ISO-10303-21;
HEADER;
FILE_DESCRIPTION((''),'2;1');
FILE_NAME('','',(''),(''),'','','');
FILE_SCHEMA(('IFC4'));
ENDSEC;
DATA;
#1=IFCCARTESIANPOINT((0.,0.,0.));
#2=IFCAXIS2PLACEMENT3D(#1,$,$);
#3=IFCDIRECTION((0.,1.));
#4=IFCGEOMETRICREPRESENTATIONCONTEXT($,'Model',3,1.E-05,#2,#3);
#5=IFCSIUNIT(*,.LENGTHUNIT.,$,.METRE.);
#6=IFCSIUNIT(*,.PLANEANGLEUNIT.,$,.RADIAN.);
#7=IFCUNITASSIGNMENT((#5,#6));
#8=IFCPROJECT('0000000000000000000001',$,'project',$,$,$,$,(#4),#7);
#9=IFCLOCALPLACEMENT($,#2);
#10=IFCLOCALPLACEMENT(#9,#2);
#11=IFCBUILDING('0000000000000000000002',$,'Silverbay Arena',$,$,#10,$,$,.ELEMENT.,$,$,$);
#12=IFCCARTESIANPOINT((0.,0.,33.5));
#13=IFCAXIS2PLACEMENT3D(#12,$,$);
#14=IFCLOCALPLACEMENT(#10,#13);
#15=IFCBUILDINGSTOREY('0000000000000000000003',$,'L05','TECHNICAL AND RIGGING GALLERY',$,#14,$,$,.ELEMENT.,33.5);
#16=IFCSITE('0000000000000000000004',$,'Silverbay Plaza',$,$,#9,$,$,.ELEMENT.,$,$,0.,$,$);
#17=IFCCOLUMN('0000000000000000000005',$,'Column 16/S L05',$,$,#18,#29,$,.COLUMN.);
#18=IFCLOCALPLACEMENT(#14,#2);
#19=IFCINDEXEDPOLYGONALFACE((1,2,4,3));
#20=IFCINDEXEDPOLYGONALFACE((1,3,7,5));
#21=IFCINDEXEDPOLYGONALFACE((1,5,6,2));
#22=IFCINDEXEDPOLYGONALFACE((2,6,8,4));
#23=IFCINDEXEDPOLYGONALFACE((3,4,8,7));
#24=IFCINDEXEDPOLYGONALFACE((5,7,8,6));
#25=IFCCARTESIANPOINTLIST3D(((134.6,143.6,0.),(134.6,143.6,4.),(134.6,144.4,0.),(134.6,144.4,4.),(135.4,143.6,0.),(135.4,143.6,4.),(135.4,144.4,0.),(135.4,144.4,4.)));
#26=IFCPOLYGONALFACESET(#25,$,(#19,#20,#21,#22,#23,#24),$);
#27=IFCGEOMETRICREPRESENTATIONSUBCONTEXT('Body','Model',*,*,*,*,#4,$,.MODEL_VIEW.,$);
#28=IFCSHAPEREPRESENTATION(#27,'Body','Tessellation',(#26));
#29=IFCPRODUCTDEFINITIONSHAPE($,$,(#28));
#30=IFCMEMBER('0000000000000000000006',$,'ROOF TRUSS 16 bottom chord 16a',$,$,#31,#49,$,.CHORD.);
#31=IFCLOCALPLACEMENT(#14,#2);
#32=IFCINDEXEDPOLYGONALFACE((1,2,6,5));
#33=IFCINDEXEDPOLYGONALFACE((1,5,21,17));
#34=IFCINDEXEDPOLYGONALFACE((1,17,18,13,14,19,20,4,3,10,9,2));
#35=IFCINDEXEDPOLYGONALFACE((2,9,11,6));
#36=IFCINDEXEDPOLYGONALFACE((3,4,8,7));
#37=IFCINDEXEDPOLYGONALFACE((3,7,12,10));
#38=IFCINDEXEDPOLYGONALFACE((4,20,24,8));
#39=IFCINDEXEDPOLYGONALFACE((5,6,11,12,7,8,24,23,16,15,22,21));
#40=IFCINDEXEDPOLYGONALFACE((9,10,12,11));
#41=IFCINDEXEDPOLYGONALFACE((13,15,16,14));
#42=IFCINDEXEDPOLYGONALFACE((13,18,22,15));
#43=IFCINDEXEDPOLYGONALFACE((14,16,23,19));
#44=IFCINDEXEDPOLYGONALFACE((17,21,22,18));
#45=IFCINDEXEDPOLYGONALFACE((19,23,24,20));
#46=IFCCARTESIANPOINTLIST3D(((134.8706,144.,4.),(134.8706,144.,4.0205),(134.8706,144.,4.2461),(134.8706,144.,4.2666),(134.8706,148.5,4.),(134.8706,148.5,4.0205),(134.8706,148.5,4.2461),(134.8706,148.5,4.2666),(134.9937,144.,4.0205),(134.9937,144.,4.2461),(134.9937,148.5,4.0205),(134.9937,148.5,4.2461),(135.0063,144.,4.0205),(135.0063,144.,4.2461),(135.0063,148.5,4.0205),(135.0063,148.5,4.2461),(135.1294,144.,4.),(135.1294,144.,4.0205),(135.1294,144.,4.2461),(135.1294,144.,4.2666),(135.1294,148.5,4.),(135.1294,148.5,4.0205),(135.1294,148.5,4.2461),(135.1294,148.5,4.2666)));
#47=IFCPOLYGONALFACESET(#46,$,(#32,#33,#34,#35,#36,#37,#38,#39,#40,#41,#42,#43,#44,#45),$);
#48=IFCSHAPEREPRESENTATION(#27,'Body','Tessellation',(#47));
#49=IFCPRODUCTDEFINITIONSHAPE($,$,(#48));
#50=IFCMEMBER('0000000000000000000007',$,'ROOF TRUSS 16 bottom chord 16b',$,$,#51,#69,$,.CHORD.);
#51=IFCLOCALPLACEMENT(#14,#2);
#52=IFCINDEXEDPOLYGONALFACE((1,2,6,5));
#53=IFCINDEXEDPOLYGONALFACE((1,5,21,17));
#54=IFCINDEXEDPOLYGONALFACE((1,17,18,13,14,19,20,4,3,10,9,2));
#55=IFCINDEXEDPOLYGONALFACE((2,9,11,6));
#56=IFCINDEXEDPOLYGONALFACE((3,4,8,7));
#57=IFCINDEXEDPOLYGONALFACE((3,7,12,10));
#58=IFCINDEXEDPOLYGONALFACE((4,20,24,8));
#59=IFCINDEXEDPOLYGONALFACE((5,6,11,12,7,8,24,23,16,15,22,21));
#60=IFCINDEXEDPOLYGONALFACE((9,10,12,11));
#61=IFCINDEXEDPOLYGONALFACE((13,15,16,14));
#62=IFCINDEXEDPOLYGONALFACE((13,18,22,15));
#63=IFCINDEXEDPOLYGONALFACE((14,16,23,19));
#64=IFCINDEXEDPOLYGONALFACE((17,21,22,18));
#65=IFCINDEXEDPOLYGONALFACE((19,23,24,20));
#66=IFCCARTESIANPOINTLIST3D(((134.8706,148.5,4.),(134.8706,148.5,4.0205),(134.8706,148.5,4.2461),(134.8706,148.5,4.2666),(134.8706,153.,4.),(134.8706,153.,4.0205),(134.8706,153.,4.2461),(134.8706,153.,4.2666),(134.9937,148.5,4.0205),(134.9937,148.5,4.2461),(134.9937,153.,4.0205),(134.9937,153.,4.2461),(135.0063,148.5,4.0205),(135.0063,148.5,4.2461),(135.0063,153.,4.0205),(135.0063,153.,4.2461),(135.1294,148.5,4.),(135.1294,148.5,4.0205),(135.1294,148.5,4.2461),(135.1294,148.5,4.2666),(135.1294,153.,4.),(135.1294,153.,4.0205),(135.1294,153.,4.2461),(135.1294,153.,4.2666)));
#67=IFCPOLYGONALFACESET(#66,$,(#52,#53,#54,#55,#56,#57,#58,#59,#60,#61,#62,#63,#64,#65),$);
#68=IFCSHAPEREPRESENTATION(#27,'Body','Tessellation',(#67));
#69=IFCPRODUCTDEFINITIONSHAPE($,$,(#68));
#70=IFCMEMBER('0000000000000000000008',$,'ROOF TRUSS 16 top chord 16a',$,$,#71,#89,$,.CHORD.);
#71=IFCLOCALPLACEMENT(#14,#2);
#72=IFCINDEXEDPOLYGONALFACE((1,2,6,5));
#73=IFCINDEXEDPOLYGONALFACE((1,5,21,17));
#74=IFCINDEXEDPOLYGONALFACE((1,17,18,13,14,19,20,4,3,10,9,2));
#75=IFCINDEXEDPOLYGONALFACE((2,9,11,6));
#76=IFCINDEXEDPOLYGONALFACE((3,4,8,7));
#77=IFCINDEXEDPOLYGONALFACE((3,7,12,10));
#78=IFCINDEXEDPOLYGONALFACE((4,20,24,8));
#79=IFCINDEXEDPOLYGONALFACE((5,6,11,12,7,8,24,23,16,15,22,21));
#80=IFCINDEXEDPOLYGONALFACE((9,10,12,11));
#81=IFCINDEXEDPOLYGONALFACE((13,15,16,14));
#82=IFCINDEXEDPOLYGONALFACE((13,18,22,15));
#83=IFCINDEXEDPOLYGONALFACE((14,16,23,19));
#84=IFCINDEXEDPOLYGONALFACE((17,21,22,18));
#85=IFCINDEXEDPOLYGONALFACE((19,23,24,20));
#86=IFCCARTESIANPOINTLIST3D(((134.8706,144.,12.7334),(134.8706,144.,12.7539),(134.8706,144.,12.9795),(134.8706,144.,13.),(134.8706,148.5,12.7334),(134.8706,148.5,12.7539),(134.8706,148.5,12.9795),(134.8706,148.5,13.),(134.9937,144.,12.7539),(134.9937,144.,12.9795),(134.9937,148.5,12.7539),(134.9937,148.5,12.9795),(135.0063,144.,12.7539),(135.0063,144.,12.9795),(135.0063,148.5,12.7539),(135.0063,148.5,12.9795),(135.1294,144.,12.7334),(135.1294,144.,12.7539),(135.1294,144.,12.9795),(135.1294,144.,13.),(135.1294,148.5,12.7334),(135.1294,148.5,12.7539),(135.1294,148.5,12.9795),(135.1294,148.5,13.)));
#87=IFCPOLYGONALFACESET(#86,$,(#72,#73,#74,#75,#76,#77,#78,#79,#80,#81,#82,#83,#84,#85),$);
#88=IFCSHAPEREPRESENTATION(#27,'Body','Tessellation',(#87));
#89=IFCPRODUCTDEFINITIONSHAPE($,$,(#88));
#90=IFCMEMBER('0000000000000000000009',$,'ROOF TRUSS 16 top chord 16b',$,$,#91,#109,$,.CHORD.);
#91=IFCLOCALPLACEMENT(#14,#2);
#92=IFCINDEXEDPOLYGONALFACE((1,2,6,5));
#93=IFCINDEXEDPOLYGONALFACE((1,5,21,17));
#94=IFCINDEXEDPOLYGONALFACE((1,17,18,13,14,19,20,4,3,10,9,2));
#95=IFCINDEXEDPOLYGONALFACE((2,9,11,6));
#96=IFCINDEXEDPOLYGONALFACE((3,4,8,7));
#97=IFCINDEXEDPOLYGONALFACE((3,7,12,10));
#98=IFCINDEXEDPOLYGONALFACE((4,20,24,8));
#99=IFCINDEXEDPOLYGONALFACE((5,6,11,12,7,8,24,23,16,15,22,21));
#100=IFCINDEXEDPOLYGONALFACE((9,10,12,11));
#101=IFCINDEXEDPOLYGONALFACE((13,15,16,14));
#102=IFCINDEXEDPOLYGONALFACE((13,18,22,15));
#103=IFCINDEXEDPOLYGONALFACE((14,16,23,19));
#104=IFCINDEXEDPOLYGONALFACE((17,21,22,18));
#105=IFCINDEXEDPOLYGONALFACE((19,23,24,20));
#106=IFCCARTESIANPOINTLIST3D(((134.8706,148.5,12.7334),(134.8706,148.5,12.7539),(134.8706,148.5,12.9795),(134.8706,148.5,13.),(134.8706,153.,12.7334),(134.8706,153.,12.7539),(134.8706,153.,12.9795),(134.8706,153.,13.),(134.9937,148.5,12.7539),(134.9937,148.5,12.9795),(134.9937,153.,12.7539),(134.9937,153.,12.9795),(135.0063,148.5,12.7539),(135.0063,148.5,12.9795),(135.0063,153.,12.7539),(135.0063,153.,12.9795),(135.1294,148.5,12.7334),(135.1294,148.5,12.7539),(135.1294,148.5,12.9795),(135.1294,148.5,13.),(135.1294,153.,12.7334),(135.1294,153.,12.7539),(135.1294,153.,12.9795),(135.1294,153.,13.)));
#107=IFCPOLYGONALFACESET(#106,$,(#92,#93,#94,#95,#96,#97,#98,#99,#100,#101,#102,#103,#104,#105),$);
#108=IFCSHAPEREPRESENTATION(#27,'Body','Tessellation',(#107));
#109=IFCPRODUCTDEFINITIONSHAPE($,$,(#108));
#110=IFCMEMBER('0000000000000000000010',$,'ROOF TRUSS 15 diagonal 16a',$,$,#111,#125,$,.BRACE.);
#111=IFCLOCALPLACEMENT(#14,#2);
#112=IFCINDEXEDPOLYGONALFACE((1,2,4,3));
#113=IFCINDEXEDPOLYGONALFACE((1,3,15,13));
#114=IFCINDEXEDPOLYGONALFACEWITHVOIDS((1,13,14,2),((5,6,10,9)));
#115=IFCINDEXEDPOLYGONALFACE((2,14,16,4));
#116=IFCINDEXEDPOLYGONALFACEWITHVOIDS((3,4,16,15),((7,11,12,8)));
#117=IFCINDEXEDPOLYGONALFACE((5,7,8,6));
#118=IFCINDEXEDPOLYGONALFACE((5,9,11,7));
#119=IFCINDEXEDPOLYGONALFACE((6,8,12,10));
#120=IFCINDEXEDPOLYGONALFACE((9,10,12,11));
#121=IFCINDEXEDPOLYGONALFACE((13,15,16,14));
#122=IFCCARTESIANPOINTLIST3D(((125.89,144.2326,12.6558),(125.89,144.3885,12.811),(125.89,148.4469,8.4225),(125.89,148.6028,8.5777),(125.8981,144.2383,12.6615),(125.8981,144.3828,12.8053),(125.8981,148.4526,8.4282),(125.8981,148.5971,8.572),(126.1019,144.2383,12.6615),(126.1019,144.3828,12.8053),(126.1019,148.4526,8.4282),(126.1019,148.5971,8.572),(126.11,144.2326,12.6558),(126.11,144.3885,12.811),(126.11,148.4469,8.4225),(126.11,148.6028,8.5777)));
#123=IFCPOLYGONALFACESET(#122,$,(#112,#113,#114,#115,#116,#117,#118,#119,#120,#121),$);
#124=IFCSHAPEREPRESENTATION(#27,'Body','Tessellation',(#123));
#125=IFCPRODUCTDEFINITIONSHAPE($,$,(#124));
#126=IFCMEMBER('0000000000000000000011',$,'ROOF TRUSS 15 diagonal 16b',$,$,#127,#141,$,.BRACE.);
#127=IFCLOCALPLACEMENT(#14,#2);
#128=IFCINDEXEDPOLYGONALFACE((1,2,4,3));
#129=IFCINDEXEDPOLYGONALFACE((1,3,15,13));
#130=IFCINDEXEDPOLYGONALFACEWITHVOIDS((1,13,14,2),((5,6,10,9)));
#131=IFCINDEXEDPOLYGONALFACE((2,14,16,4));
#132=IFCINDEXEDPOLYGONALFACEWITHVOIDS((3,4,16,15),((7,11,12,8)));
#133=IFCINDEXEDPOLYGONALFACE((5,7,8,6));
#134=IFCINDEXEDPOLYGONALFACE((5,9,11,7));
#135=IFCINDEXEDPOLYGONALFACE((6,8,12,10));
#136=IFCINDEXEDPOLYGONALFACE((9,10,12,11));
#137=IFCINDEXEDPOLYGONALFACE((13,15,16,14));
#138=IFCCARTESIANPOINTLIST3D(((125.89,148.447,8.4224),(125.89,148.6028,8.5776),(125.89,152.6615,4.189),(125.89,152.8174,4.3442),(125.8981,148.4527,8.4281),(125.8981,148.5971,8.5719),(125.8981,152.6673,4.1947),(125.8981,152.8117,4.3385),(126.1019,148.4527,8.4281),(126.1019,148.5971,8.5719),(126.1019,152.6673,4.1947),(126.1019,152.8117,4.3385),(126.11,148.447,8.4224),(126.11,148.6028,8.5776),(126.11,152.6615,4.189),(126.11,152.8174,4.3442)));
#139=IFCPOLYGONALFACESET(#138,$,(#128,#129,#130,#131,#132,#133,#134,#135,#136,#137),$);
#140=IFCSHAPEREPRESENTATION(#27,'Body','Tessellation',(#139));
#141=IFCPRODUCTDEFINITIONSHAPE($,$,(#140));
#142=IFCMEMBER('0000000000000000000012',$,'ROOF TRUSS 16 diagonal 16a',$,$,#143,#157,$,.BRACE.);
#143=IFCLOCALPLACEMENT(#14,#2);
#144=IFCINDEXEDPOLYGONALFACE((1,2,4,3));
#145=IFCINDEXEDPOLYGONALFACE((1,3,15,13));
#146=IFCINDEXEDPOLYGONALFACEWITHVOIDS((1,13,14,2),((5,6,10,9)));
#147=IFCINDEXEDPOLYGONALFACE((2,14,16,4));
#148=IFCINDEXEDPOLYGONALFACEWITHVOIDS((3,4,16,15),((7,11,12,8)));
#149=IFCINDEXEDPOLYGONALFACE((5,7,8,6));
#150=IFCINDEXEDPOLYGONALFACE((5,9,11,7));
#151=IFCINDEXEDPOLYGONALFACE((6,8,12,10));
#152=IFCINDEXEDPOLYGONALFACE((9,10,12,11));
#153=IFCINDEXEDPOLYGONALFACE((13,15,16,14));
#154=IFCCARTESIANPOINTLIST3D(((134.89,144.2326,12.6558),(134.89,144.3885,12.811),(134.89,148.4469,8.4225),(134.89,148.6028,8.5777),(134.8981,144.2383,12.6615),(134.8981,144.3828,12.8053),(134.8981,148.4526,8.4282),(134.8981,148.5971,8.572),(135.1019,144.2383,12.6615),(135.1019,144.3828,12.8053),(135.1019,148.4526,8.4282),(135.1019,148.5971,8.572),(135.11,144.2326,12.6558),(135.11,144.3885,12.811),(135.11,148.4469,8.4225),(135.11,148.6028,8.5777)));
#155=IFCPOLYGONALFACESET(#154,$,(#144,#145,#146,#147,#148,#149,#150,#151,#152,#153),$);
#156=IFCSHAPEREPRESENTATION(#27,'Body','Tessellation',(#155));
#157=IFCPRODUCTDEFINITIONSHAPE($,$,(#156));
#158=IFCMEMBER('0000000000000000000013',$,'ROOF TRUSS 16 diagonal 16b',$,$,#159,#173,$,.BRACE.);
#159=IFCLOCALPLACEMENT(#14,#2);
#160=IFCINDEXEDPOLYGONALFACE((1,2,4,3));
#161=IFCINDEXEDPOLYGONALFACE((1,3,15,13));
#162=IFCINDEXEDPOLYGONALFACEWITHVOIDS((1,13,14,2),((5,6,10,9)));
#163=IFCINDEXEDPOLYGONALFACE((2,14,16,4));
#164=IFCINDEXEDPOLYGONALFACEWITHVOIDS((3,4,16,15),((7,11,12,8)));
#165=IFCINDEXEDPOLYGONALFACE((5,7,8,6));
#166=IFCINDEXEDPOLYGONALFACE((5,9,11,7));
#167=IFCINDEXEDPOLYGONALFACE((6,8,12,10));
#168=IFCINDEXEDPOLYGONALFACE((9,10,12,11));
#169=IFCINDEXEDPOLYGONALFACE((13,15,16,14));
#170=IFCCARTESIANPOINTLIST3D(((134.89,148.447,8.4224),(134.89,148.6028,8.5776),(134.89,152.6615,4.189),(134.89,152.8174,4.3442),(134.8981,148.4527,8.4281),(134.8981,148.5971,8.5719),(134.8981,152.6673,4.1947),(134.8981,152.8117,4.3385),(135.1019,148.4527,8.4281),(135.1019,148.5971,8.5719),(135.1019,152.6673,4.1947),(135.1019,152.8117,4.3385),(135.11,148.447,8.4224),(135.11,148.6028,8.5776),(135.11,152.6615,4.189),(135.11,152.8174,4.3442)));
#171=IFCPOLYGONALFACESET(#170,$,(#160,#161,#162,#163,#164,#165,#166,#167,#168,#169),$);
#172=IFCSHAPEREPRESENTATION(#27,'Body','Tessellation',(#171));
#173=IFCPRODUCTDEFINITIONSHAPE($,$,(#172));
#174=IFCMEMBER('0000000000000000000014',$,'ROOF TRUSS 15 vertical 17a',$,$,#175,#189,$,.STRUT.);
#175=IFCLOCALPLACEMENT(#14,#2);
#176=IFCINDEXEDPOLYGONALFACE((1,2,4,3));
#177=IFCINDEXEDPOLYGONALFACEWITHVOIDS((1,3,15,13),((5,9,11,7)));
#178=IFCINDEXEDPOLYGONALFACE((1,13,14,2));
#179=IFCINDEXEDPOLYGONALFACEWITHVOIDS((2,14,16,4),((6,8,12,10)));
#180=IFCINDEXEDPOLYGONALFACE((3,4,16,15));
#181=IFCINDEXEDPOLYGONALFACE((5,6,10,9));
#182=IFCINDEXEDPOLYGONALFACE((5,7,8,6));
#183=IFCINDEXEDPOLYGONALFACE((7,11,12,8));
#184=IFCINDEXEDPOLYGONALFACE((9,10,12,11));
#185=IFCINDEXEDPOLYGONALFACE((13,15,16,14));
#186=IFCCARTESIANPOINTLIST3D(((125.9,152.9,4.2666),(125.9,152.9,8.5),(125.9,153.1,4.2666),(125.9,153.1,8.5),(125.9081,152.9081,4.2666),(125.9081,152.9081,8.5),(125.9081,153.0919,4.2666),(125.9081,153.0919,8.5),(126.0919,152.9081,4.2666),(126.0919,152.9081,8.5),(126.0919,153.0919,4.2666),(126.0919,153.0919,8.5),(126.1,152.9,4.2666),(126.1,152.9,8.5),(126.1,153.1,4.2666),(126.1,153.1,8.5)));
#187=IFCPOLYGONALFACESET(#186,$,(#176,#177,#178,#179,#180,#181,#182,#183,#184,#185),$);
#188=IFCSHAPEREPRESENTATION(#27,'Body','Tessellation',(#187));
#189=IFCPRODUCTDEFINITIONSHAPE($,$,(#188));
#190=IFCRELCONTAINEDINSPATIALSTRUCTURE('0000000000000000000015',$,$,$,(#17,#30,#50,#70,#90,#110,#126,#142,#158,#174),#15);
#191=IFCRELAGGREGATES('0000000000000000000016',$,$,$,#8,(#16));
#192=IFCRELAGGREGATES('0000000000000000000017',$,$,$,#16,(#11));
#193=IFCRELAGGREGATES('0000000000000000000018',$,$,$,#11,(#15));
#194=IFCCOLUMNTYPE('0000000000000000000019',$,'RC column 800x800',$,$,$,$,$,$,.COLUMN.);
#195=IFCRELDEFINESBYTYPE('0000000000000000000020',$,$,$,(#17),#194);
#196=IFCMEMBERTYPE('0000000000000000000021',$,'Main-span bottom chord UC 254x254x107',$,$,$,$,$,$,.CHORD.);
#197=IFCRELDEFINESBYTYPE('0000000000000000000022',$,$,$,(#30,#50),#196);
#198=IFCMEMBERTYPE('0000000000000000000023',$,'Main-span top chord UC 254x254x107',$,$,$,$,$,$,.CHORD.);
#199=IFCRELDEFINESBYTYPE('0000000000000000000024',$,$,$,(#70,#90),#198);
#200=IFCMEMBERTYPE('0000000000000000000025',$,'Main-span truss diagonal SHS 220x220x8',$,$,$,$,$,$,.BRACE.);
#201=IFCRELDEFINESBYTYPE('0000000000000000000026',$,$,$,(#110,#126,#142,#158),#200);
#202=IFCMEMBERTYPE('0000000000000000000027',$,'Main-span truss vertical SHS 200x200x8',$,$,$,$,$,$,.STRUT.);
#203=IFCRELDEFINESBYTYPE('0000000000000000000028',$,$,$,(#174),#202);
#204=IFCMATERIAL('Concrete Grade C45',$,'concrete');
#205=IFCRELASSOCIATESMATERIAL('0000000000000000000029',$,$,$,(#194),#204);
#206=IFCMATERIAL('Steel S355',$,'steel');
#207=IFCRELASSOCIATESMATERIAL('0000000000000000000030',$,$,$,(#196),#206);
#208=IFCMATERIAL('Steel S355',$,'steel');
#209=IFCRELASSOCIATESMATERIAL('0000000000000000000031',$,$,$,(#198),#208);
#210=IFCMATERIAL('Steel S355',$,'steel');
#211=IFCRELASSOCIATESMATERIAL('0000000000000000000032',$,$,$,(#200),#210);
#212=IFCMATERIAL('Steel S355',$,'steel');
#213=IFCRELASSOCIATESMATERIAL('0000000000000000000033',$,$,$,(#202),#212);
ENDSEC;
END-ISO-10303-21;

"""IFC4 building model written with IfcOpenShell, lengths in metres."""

from ifc_helpers import new_model, si_unit, direction, frame, origin, origin_2d, place, context, subcontext, project, spatial, rectangle, hollow_rectangle, i_section, extrude, material, material_profile, profile_set, type_object, element, save


model = new_model("IFC4")

# Units and contexts
model_context = context("Model", 3, precision=1e-05, world=origin(), true_north=direction((0.0, 1.0)))
body_context = subcontext(model_context, "Body", "Model", "MODEL_VIEW")
ifc_project = project(units=[si_unit("LENGTHUNIT", "METRE"), si_unit("PLANEANGLEUNIT", "RADIAN")], contexts=[model_context])

# Site, building, storey
site_placement = place(None, origin())
site = spatial("IfcSite", under=ifc_project, at=site_placement, Name="Silverbay Plaza", CompositionType="ELEMENT", RefElevation=0.0)
building_placement = place(site_placement, origin())
building = spatial("IfcBuilding", under=site, at=building_placement, Name="Silverbay Arena", CompositionType="ELEMENT")
storey_placement = place(building_placement, frame((0.0, 0.0, 33.5)))
storey = spatial("IfcBuildingStorey", under=building, at=storey_placement, Name="L05", Description="TECHNICAL AND RIGGING GALLERY", CompositionType="ELEMENT", Elevation=33.5)

# Column
ifc_material_1 = material(Name="Concrete Grade C45", Category="concrete")
ifc_material_profile_1 = material_profile(ifc_material_1, rectangle(XDim=0.8, YDim=0.8, at=origin_2d()), Name="RC 800x800")
ifc_profile_set_1 = profile_set([ifc_material_profile_1], Name="Concrete Grade C45")
column_type = type_object("IfcColumnType", Name="RC column 800x800", PredefinedType="COLUMN", material=ifc_profile_set_1)
column_placement = place(storey_placement, frame((135.0, 144.0, 0.0), z_axis=(0.0, 0.0, 1.0), x_axis=(1.0, 0.0, 0.0)))
element("IfcColumn", 1, at=column_placement, inside=storey, type_object=column_type, Name="Column 16/S L05", PredefinedType="COLUMN", context=body_context, shape_type="SweptSolid", body=[
    extrude(rectangle(XDim=0.8, YDim=0.8, at=origin_2d()), origin(), (0.0, 0.0, 1.0), 4.0),
])

# Members
ifc_material_2 = material(Name="Steel S355", Category="steel")
ifc_material_profile_2 = material_profile(ifc_material_2, i_section(OverallWidth=0.2588, OverallDepth=0.2666, WebThickness=0.0127, FlangeThickness=0.0205, at=origin_2d()), Name="UC 254x254x107")
ifc_profile_set_2 = profile_set([ifc_material_profile_2], Name="Steel S355")
member_type_1 = type_object("IfcMemberType", Name="Main-span bottom chord UC 254x254x107", PredefinedType="CHORD", material=ifc_profile_set_2)
for number, where, z_axis, x_axis, name in (
    (2, (135.0, 144.0, 4.1333), (0.0, 1.0, 0.0), (-1.0, 0.0, 0.0), "ROOF TRUSS 16 bottom chord 16a"),
    (3, (135.0, 148.5, 4.1333), (0.0, 1.0, 0.0), (-1.0, 0.0, 0.0), "ROOF TRUSS 16 bottom chord 16b"),
):
    element("IfcMember", number, at=place(storey_placement, frame(where, z_axis=z_axis, x_axis=x_axis)), inside=storey, type_object=member_type_1, Name=name, PredefinedType="CHORD", context=body_context, shape_type="SweptSolid", body=[
        extrude(i_section(OverallWidth=0.2588, OverallDepth=0.2666, WebThickness=0.0127, FlangeThickness=0.0205, at=origin_2d()), origin(), (0.0, 0.0, 1.0), 4.5),
    ])
ifc_material_3 = material(Name="Steel S355", Category="steel")
ifc_material_profile_3 = material_profile(ifc_material_3, i_section(OverallWidth=0.2588, OverallDepth=0.2666, WebThickness=0.0127, FlangeThickness=0.0205, at=origin_2d()), Name="UC 254x254x107")
ifc_profile_set_3 = profile_set([ifc_material_profile_3], Name="Steel S355")
member_type_2 = type_object("IfcMemberType", Name="Main-span top chord UC 254x254x107", PredefinedType="CHORD", material=ifc_profile_set_3)
for number, where, z_axis, x_axis, name in (
    (4, (135.0, 144.0, 12.8667), (0.0, 1.0, 0.0), (-1.0, 0.0, 0.0), "ROOF TRUSS 16 top chord 16a"),
    (5, (135.0, 148.5, 12.8667), (0.0, 1.0, 0.0), (-1.0, 0.0, 0.0), "ROOF TRUSS 16 top chord 16b"),
):
    element("IfcMember", number, at=place(storey_placement, frame(where, z_axis=z_axis, x_axis=x_axis)), inside=storey, type_object=member_type_2, Name=name, PredefinedType="CHORD", context=body_context, shape_type="SweptSolid", body=[
        extrude(i_section(OverallWidth=0.2588, OverallDepth=0.2666, WebThickness=0.0127, FlangeThickness=0.0205, at=origin_2d()), origin(), (0.0, 0.0, 1.0), 4.5),
    ])
ifc_material_4 = material(Name="Steel S355", Category="steel")
ifc_material_profile_4 = material_profile(ifc_material_4, hollow_rectangle(XDim=0.22, YDim=0.22, WallThickness=0.0081, at=origin_2d()), Name="SHS 220x220x8")
ifc_profile_set_4 = profile_set([ifc_material_profile_4], Name="Steel S355")
member_type_3 = type_object("IfcMemberType", Name="Main-span truss diagonal SHS 220x220x8", PredefinedType="BRACE", material=ifc_profile_set_4)
member_1_placement = place(storey_placement, frame((126.0, 144.3105, 12.7334), z_axis=(0.0, 0.705511, -0.708699), x_axis=(-1.0, 0.0, 0.0)))
element("IfcMember", 6, at=member_1_placement, inside=storey, type_object=member_type_3, Name="ROOF TRUSS 15 diagonal 16a", PredefinedType="BRACE", context=body_context, shape_type="SweptSolid", body=[
    extrude(hollow_rectangle(XDim=0.22, YDim=0.22, WallThickness=0.0081, at=origin_2d()), origin(), (0.0, 0.0, 1.0), 5.9734),
])
member_2_placement = place(storey_placement, frame((126.0, 148.5249, 8.5), z_axis=(0.0, 0.705532, -0.708679), x_axis=(-1.0, 0.0, 0.0)))
element("IfcMember", 7, at=member_2_placement, inside=storey, type_object=member_type_3, Name="ROOF TRUSS 15 diagonal 16b", PredefinedType="BRACE", context=body_context, shape_type="SweptSolid", body=[
    extrude(hollow_rectangle(XDim=0.22, YDim=0.22, WallThickness=0.0081, at=origin_2d()), origin(), (0.0, 0.0, 1.0), 5.9736),
])
member_3_placement = place(storey_placement, frame((135.0, 144.3105, 12.7334), z_axis=(0.0, 0.705511, -0.708699), x_axis=(-1.0, 0.0, 0.0)))
element("IfcMember", 8, at=member_3_placement, inside=storey, type_object=member_type_3, Name="ROOF TRUSS 16 diagonal 16a", PredefinedType="BRACE", context=body_context, shape_type="SweptSolid", body=[
    extrude(hollow_rectangle(XDim=0.22, YDim=0.22, WallThickness=0.0081, at=origin_2d()), origin(), (0.0, 0.0, 1.0), 5.9734),
])
member_4_placement = place(storey_placement, frame((135.0, 148.5249, 8.5), z_axis=(0.0, 0.705532, -0.708679), x_axis=(-1.0, 0.0, 0.0)))
element("IfcMember", 9, at=member_4_placement, inside=storey, type_object=member_type_3, Name="ROOF TRUSS 16 diagonal 16b", PredefinedType="BRACE", context=body_context, shape_type="SweptSolid", body=[
    extrude(hollow_rectangle(XDim=0.22, YDim=0.22, WallThickness=0.0081, at=origin_2d()), origin(), (0.0, 0.0, 1.0), 5.9736),
])
ifc_material_5 = material(Name="Steel S355", Category="steel")
ifc_material_profile_5 = material_profile(ifc_material_5, hollow_rectangle(XDim=0.2, YDim=0.2, WallThickness=0.0081, at=origin_2d()), Name="SHS 200x200x8")
ifc_profile_set_5 = profile_set([ifc_material_profile_5], Name="Steel S355")
member_type_4 = type_object("IfcMemberType", Name="Main-span truss vertical SHS 200x200x8", PredefinedType="STRUT", material=ifc_profile_set_5)
for number, where, z_axis, x_axis, name in (
    (10, (126.0, 153.0, 4.2666), (0.0, 0.0, 1.0), (1.0, 0.0, 0.0), "ROOF TRUSS 15 vertical 17a"),
):
    element("IfcMember", number, at=place(storey_placement, frame(where, z_axis=z_axis, x_axis=x_axis)), inside=storey, type_object=member_type_4, Name=name, PredefinedType="STRUT", context=body_context, shape_type="SweptSolid", body=[
        extrude(hollow_rectangle(XDim=0.2, YDim=0.2, WallThickness=0.0081, at=origin_2d()), origin(), (0.0, 0.0, 1.0), 4.2334),
    ])

save(model, "model.ifc")
